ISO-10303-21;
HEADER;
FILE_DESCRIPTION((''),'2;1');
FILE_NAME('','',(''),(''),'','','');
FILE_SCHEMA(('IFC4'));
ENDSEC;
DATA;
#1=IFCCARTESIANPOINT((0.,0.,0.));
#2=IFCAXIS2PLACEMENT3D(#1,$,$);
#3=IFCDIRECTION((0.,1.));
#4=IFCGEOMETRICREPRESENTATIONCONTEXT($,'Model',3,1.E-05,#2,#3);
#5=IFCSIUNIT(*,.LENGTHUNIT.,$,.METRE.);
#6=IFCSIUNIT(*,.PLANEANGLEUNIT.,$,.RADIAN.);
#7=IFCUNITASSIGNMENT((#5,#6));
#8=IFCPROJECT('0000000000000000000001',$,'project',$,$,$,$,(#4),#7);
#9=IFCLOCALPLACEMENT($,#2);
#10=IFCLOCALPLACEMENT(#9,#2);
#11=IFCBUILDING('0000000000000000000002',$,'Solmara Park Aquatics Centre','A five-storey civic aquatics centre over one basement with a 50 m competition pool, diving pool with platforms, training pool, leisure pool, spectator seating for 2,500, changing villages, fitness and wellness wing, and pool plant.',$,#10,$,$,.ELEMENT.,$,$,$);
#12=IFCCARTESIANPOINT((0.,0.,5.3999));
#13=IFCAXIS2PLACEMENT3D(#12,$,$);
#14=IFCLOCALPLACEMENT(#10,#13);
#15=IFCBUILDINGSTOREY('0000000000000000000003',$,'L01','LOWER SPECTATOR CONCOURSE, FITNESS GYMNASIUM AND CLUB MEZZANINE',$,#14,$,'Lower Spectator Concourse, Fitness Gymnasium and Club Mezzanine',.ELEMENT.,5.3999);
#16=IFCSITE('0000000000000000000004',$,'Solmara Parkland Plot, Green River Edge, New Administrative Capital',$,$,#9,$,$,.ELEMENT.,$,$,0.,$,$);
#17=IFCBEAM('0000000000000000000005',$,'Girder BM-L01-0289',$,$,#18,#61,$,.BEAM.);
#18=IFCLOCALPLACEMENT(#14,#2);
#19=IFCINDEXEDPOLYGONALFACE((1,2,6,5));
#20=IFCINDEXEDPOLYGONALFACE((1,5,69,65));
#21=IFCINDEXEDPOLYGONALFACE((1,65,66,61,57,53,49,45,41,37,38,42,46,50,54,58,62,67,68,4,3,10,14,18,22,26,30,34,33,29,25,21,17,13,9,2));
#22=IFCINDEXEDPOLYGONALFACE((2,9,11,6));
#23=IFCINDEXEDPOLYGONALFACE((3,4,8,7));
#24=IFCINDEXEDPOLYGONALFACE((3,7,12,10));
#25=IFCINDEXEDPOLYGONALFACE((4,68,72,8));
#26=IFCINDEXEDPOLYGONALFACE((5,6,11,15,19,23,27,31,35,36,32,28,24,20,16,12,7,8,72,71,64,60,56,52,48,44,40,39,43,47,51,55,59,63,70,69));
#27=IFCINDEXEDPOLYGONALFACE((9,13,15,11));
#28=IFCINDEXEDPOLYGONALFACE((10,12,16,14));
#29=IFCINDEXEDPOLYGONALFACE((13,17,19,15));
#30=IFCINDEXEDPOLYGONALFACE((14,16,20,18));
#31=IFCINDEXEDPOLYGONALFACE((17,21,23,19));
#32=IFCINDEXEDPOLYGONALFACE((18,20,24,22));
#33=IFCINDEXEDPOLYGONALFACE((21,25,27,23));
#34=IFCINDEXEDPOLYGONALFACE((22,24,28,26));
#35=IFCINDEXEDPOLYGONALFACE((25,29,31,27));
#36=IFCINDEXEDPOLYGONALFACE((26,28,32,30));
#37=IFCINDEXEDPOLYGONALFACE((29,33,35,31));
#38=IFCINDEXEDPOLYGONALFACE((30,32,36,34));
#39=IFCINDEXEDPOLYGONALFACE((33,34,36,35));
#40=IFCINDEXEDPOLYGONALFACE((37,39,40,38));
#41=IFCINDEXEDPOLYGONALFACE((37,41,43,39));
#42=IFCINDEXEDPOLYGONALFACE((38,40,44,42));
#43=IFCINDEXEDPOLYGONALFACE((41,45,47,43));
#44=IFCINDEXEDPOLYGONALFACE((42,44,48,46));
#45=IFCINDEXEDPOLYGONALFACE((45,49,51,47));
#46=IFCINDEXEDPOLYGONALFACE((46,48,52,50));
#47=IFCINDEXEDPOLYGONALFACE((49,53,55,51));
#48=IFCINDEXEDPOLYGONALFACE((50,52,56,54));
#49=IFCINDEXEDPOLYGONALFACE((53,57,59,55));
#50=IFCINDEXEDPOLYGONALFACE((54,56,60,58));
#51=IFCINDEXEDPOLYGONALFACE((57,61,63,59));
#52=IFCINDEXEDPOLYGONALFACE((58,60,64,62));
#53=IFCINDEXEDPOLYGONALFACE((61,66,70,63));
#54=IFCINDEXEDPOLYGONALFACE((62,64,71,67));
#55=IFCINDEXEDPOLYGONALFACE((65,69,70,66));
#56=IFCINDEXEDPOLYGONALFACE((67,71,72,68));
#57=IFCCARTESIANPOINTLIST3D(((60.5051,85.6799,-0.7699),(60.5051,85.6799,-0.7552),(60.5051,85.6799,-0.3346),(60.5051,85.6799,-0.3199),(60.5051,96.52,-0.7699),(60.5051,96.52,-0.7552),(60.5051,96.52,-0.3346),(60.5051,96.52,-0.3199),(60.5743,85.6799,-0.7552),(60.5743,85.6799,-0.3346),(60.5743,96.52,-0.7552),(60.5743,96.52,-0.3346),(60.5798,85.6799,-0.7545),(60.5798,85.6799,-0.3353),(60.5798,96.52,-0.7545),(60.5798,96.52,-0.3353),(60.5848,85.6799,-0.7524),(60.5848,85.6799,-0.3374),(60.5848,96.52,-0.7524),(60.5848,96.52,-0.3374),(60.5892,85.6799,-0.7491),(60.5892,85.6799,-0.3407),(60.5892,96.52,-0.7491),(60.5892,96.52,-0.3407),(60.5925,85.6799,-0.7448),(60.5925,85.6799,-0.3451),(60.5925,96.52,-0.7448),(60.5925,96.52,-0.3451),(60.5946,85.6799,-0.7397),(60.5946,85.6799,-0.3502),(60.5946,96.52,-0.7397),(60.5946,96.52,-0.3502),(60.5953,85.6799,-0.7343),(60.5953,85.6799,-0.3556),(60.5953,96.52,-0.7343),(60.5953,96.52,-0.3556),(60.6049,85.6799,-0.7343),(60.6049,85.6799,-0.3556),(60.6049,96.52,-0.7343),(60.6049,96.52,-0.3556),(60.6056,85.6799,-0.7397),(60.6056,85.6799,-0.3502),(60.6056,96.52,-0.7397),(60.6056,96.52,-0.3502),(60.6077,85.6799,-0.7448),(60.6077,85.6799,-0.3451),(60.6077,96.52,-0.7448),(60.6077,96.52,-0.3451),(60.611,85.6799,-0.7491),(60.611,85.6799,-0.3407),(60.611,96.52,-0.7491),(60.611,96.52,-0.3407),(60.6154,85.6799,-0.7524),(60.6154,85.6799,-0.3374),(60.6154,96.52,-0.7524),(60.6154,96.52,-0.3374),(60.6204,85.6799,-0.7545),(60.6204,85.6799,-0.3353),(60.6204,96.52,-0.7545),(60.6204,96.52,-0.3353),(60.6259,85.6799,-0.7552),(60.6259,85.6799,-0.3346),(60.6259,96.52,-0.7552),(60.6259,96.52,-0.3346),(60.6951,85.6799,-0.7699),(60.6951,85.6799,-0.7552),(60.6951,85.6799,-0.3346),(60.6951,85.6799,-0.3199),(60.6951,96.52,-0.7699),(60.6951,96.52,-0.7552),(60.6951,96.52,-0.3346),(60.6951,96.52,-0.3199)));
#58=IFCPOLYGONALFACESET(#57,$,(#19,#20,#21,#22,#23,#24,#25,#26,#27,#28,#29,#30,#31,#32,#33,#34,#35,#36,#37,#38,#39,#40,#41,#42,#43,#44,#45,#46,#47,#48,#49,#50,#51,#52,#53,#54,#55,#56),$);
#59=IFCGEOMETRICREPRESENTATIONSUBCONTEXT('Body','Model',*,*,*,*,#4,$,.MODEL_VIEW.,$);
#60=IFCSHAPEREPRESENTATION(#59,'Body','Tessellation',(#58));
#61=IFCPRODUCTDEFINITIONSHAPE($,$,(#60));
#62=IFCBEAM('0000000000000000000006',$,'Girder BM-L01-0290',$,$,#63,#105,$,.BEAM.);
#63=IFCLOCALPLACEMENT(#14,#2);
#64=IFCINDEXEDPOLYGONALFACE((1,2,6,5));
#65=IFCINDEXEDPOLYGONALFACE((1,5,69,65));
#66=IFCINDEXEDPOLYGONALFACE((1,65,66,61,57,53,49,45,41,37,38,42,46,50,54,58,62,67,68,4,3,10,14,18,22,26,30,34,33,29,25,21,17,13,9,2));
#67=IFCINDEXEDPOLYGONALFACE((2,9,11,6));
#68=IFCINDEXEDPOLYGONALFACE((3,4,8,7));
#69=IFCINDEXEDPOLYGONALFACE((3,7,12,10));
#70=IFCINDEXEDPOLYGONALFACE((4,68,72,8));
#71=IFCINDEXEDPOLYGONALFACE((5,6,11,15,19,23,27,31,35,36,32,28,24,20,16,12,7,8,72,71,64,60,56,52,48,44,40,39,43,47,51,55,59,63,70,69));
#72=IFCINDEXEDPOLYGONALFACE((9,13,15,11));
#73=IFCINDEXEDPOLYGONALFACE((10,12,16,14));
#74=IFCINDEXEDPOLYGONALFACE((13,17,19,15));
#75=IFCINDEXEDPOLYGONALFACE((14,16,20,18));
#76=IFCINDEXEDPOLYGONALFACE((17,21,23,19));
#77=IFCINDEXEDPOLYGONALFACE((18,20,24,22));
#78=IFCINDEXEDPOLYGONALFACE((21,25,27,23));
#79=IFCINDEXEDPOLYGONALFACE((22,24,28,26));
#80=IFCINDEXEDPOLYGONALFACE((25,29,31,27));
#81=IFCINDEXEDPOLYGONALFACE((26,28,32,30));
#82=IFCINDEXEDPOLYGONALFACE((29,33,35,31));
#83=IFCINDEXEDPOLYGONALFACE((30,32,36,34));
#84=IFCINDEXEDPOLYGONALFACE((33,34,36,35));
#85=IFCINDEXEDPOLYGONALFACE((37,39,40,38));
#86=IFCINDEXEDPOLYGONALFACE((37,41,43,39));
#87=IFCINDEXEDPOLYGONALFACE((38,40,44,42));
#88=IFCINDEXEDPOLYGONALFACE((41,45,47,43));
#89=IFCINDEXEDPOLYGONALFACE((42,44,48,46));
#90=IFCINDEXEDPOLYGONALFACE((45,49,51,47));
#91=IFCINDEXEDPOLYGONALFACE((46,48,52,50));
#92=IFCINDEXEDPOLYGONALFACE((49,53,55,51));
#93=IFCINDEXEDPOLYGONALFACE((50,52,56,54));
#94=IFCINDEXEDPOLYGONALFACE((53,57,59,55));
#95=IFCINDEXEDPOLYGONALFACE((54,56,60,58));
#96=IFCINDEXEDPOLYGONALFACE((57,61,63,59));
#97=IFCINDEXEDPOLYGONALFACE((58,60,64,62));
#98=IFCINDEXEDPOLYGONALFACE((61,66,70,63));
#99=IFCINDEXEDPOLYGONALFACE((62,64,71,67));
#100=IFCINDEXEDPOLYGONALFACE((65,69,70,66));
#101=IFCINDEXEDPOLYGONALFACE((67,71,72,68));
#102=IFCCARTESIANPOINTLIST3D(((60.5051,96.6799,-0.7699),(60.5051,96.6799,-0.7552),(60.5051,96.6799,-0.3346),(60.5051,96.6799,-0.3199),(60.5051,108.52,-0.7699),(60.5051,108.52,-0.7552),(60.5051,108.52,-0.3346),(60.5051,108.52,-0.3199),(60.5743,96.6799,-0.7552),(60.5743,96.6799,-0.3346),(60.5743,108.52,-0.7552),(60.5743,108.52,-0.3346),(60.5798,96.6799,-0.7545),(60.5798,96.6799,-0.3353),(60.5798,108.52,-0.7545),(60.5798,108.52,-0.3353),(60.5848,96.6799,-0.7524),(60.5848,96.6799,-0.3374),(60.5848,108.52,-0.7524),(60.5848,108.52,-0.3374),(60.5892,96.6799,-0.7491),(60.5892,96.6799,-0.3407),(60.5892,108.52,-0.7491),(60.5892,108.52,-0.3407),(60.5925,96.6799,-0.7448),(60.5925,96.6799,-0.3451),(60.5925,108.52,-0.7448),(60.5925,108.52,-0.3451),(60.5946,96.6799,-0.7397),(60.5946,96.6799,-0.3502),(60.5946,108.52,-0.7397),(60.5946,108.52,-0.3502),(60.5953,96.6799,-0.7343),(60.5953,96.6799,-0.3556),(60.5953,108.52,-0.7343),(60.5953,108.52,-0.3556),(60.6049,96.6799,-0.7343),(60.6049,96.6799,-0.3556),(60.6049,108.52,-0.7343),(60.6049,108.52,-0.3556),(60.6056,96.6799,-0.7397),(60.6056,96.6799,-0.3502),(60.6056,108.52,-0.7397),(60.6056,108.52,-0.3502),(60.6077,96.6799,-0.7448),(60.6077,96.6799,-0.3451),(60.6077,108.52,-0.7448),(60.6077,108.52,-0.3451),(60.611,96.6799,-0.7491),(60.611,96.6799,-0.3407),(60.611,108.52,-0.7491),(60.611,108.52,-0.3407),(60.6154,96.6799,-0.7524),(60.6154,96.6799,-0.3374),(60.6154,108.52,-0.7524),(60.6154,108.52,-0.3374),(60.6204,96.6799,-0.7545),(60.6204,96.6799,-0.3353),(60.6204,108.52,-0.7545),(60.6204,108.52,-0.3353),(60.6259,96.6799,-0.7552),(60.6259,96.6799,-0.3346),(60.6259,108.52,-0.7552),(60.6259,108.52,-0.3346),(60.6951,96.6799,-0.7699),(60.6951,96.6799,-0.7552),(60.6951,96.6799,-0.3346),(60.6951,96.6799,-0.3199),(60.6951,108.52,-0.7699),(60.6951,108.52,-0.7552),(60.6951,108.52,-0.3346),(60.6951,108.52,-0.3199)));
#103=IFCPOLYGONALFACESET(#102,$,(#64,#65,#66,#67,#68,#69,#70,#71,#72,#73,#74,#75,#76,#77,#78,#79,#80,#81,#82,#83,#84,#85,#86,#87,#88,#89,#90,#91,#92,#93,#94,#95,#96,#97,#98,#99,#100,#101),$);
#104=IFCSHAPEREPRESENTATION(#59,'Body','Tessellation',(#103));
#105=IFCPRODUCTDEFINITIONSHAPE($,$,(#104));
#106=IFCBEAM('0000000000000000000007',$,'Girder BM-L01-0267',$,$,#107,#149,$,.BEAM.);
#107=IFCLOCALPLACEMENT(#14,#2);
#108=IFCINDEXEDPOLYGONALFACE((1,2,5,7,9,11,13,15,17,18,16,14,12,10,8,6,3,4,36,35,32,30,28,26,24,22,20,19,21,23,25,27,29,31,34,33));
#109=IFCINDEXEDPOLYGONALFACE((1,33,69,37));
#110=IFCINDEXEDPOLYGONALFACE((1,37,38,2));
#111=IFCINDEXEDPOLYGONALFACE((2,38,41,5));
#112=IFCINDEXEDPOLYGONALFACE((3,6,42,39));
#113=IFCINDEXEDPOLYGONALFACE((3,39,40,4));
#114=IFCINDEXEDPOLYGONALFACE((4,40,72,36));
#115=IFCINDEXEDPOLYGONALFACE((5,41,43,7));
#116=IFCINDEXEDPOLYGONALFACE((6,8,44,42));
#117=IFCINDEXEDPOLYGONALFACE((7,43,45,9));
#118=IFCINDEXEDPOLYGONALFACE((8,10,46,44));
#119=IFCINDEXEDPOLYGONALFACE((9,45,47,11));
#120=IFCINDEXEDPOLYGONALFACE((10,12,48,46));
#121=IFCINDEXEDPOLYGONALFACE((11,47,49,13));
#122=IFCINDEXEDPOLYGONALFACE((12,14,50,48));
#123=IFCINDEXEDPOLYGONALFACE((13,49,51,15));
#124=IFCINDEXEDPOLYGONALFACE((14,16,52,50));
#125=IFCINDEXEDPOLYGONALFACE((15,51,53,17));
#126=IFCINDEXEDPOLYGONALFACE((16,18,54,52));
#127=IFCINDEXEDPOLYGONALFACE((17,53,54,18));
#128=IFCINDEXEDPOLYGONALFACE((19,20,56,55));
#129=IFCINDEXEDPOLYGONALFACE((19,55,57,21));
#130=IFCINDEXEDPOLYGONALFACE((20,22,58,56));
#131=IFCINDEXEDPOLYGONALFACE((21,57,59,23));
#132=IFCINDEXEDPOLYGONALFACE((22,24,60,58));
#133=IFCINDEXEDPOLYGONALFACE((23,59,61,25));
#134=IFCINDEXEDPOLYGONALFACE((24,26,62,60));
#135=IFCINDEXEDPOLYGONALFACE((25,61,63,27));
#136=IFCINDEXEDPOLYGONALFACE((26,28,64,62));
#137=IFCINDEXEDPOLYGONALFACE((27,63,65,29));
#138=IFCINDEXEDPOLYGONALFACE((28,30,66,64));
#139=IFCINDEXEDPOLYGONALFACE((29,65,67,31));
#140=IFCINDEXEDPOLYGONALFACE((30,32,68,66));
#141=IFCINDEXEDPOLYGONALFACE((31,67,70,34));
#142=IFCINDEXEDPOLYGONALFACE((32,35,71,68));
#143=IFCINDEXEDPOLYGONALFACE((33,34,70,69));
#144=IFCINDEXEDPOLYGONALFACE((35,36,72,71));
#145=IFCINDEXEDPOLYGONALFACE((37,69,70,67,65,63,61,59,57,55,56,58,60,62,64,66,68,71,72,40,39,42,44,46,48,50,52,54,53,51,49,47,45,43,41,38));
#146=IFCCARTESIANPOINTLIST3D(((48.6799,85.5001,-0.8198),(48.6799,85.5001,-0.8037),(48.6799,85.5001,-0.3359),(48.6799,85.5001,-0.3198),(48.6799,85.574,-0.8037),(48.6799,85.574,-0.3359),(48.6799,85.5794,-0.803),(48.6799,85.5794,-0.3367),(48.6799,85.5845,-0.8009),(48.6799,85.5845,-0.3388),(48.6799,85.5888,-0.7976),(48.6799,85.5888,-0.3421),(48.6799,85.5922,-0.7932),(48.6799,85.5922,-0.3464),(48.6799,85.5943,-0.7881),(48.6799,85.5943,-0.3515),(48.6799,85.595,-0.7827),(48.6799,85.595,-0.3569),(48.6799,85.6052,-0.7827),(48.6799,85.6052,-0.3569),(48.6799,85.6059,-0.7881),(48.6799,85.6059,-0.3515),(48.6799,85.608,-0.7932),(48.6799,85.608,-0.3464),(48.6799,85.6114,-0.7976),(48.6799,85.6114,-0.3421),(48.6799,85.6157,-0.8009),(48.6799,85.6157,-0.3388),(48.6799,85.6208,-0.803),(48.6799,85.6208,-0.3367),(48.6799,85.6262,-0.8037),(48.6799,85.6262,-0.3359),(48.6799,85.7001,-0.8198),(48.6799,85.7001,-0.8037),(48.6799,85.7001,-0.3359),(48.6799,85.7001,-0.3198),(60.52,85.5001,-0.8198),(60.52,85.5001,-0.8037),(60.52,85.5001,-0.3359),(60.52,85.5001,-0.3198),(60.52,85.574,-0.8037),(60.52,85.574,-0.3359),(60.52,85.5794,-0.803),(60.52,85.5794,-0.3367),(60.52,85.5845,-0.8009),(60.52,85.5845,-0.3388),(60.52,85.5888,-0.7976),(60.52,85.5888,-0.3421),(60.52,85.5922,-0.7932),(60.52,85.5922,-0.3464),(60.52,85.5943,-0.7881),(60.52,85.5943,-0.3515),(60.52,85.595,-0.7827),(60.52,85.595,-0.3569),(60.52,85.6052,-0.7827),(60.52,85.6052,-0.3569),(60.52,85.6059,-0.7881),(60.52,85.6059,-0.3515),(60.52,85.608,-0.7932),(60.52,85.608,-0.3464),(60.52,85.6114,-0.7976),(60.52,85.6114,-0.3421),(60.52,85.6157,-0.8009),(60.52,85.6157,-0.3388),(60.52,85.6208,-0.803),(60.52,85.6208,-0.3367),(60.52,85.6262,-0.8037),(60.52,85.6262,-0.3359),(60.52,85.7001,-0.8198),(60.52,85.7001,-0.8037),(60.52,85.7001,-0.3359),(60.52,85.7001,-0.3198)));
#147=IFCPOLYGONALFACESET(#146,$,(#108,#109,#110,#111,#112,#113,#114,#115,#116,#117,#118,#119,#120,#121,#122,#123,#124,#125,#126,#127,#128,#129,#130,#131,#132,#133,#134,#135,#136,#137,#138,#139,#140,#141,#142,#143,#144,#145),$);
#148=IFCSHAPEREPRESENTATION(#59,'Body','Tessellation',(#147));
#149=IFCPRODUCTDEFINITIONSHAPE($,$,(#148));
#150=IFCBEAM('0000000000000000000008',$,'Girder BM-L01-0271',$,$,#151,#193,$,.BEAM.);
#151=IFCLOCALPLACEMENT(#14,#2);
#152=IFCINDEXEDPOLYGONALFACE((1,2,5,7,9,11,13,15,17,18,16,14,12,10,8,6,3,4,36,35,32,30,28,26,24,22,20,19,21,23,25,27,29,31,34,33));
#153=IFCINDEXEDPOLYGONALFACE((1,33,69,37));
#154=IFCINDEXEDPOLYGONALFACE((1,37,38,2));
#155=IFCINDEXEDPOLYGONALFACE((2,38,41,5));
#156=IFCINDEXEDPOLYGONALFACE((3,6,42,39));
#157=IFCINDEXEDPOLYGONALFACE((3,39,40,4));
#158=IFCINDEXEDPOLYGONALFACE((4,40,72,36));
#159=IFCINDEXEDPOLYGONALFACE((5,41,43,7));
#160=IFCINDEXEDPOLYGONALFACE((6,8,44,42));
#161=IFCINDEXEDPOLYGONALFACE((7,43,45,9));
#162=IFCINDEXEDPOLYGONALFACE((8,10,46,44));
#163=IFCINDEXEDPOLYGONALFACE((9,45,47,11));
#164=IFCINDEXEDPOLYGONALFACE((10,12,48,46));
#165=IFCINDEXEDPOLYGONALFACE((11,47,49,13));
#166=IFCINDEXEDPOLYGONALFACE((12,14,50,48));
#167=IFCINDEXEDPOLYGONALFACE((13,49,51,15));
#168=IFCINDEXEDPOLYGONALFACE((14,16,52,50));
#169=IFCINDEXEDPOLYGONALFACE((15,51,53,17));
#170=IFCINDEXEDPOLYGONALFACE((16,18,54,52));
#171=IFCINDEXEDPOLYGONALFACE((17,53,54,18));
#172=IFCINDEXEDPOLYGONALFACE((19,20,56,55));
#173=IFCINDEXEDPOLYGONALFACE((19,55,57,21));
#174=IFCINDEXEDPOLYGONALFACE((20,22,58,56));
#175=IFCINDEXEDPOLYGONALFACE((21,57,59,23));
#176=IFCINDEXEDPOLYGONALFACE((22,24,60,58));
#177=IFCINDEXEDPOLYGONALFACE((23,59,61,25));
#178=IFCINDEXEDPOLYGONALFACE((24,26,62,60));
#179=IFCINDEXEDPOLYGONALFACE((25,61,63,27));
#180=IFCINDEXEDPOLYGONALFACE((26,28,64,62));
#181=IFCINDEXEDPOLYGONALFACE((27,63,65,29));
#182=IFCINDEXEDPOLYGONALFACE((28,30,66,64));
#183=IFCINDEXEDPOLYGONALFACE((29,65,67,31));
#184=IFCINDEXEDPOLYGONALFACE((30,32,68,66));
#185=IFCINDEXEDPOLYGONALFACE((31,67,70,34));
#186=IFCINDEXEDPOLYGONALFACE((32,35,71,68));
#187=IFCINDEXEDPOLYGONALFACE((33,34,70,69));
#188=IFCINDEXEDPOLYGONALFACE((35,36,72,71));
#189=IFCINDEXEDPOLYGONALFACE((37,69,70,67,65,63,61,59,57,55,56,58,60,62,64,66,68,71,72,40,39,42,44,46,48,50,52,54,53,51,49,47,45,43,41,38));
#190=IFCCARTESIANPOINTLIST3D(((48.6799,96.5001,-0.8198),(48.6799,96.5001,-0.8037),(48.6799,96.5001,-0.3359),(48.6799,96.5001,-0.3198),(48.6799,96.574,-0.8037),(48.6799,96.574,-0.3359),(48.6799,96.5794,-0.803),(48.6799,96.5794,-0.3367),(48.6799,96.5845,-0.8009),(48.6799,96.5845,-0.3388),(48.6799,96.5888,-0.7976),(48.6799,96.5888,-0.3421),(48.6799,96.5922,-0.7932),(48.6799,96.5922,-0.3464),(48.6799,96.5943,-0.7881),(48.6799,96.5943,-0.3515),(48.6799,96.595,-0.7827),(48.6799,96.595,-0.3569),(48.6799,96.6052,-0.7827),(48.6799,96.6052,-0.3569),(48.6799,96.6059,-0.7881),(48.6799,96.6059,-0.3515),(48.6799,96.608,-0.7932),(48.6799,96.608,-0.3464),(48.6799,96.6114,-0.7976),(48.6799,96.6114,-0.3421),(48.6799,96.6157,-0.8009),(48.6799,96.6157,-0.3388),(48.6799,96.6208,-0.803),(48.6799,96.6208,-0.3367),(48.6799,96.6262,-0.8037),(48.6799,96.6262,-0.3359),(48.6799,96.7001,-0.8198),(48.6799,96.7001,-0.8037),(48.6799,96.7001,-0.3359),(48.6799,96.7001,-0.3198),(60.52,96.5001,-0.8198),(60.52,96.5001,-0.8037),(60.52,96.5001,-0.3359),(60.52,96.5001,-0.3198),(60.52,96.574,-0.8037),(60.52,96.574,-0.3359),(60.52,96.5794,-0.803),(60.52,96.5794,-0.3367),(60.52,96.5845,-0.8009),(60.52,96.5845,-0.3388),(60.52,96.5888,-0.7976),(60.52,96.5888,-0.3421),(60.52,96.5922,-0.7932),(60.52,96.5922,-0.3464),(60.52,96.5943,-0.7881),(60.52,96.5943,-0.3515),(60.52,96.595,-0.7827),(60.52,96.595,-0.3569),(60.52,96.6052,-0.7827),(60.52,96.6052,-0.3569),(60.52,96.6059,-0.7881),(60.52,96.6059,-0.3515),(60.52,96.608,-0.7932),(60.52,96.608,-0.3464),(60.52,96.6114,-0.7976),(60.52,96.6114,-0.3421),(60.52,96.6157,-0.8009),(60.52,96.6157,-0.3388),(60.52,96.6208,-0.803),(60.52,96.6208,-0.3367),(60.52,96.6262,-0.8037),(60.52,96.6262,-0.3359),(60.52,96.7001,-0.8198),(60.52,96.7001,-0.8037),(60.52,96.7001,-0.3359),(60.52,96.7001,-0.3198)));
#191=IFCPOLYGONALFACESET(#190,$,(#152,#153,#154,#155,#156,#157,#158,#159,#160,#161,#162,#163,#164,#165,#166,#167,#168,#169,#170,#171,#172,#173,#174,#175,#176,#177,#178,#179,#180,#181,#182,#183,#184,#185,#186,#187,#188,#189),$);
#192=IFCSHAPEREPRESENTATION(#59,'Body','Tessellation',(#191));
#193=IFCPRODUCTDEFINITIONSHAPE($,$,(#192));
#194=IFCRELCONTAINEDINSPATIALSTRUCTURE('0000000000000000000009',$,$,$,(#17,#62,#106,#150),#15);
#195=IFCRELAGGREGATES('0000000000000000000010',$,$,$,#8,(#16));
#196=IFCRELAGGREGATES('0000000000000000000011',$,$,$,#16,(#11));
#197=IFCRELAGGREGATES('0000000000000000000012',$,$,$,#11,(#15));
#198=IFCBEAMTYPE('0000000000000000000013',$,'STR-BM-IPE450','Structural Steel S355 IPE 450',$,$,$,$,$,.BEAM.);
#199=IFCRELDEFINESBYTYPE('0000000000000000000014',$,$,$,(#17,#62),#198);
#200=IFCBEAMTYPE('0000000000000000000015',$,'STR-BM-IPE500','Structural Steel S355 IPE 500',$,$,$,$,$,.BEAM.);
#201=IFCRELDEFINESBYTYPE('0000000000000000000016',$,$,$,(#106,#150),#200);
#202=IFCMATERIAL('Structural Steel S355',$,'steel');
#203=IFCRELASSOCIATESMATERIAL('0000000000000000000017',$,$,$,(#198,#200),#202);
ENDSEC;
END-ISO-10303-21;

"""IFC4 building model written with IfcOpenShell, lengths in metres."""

from ifc_helpers import new_model, si_unit, direction, frame, origin, origin_2d, place, context, subcontext, project, spatial, i_section, extrude, material, material_profile, profile_set, type_object, element, save


model = new_model("IFC4")

# Units and contexts
model_context = context("Model", 3, precision=1e-05, world=origin(), true_north=direction((0.0, 1.0)))
body_context = subcontext(model_context, "Body", "Model", "MODEL_VIEW")
ifc_project = project(units=[si_unit("LENGTHUNIT", "METRE"), si_unit("PLANEANGLEUNIT", "RADIAN")], contexts=[model_context])

# Site, building, storey
site_placement = place(None, origin())
site = spatial("IfcSite", under=ifc_project, at=site_placement, Name="Solmara Parkland Plot, Green River Edge, New Administrative Capital", CompositionType="ELEMENT", RefElevation=0.0)
building_placement = place(site_placement, origin())
building = spatial("IfcBuilding", under=site, at=building_placement, Name="Solmara Park Aquatics Centre", Description="A five-storey civic aquatics centre over one basement with a 50 m competition pool, diving pool with platforms, training pool, leisure pool, spectator seating for 2,500, changing villages, fitness and wellness wing, and pool plant.", CompositionType="ELEMENT")
storey_placement = place(building_placement, frame((0.0, 0.0, 5.3999)))
storey = spatial("IfcBuildingStorey", under=building, at=storey_placement, Name="L01", Description="LOWER SPECTATOR CONCOURSE, FITNESS GYMNASIUM AND CLUB MEZZANINE", LongName="Lower Spectator Concourse, Fitness Gymnasium and Club Mezzanine", CompositionType="ELEMENT", Elevation=5.3999)

# Shared definitions
ifc_material_1 = material(Name="Structural Steel S355", Category="steel")

# Beams
ifc_material_profile_1 = material_profile(ifc_material_1, i_section(OverallWidth=0.1899, OverallDepth=0.45, WebThickness=0.0095, FlangeThickness=0.0146, FilletRadius=0.021, at=origin_2d()), Name="IPE 450")
ifc_profile_set_1 = profile_set([ifc_material_profile_1], Name="Structural Steel S355")
beam_type_1 = type_object("IfcBeamType", Name="STR-BM-IPE450", Description="Structural Steel S355 IPE 450", PredefinedType="BEAM", material=ifc_profile_set_1)
for number, where, z_axis, x_axis, name in (
    (1, (60.6001, 85.6799, -0.5449), (0.0, 1.0, 0.0), (-1.0, 0.0, 0.0), "Girder BM-L01-0289"),
):
    element("IfcBeam", number, at=place(storey_placement, frame(where, z_axis=z_axis, x_axis=x_axis)), inside=storey, type_object=beam_type_1, Name=name, PredefinedType="BEAM", context=body_context, shape_type="SweptSolid", body=[
        extrude(i_section(OverallWidth=0.1899, OverallDepth=0.45, WebThickness=0.0095, FlangeThickness=0.0146, FilletRadius=0.021, at=origin_2d()), origin(), (0.0, 0.0, 1.0), 10.8401),
    ])
beam_1_placement = place(storey_placement, frame((60.6001, 96.6799, -0.5449), z_axis=(0.0, 1.0, 0.0), x_axis=(-1.0, 0.0, 0.0)))
element("IfcBeam", 2, at=beam_1_placement, inside=storey, type_object=beam_type_1, Name="Girder BM-L01-0290", PredefinedType="BEAM", context=body_context, shape_type="SweptSolid", body=[
    extrude(i_section(OverallWidth=0.1899, OverallDepth=0.45, WebThickness=0.0095, FlangeThickness=0.0146, FilletRadius=0.021, at=origin_2d()), origin(), (0.0, 0.0, 1.0), 11.8401),
])
ifc_material_profile_2 = material_profile(ifc_material_1, i_section(OverallWidth=0.2, OverallDepth=0.5, WebThickness=0.0103, FlangeThickness=0.0161, FilletRadius=0.021, at=origin_2d()), Name="IPE 500")
ifc_profile_set_2 = profile_set([ifc_material_profile_2], Name="Structural Steel S355")
beam_type_2 = type_object("IfcBeamType", Name="STR-BM-IPE500", Description="Structural Steel S355 IPE 500", PredefinedType="BEAM", material=ifc_profile_set_2)
for number, where, z_axis, x_axis, name in (
    (3, (48.6799, 85.6001, -0.5698), (1.0, 0.0, 0.0), (0.0, 1.0, 0.0), "Girder BM-L01-0267"),
    (4, (48.6799, 96.6001, -0.5698), (1.0, 0.0, 0.0), (0.0, 1.0, 0.0), "Girder BM-L01-0271"),
):
    element("IfcBeam", number, at=place(storey_placement, frame(where, z_axis=z_axis, x_axis=x_axis)), inside=storey, type_object=beam_type_2, Name=name, PredefinedType="BEAM", context=body_context, shape_type="SweptSolid", body=[
        extrude(i_section(OverallWidth=0.2, OverallDepth=0.5, WebThickness=0.0103, FlangeThickness=0.0161, FilletRadius=0.021, at=origin_2d()), origin(), (0.0, 0.0, 1.0), 11.8401),
    ])

save(model, "model.ifc")
